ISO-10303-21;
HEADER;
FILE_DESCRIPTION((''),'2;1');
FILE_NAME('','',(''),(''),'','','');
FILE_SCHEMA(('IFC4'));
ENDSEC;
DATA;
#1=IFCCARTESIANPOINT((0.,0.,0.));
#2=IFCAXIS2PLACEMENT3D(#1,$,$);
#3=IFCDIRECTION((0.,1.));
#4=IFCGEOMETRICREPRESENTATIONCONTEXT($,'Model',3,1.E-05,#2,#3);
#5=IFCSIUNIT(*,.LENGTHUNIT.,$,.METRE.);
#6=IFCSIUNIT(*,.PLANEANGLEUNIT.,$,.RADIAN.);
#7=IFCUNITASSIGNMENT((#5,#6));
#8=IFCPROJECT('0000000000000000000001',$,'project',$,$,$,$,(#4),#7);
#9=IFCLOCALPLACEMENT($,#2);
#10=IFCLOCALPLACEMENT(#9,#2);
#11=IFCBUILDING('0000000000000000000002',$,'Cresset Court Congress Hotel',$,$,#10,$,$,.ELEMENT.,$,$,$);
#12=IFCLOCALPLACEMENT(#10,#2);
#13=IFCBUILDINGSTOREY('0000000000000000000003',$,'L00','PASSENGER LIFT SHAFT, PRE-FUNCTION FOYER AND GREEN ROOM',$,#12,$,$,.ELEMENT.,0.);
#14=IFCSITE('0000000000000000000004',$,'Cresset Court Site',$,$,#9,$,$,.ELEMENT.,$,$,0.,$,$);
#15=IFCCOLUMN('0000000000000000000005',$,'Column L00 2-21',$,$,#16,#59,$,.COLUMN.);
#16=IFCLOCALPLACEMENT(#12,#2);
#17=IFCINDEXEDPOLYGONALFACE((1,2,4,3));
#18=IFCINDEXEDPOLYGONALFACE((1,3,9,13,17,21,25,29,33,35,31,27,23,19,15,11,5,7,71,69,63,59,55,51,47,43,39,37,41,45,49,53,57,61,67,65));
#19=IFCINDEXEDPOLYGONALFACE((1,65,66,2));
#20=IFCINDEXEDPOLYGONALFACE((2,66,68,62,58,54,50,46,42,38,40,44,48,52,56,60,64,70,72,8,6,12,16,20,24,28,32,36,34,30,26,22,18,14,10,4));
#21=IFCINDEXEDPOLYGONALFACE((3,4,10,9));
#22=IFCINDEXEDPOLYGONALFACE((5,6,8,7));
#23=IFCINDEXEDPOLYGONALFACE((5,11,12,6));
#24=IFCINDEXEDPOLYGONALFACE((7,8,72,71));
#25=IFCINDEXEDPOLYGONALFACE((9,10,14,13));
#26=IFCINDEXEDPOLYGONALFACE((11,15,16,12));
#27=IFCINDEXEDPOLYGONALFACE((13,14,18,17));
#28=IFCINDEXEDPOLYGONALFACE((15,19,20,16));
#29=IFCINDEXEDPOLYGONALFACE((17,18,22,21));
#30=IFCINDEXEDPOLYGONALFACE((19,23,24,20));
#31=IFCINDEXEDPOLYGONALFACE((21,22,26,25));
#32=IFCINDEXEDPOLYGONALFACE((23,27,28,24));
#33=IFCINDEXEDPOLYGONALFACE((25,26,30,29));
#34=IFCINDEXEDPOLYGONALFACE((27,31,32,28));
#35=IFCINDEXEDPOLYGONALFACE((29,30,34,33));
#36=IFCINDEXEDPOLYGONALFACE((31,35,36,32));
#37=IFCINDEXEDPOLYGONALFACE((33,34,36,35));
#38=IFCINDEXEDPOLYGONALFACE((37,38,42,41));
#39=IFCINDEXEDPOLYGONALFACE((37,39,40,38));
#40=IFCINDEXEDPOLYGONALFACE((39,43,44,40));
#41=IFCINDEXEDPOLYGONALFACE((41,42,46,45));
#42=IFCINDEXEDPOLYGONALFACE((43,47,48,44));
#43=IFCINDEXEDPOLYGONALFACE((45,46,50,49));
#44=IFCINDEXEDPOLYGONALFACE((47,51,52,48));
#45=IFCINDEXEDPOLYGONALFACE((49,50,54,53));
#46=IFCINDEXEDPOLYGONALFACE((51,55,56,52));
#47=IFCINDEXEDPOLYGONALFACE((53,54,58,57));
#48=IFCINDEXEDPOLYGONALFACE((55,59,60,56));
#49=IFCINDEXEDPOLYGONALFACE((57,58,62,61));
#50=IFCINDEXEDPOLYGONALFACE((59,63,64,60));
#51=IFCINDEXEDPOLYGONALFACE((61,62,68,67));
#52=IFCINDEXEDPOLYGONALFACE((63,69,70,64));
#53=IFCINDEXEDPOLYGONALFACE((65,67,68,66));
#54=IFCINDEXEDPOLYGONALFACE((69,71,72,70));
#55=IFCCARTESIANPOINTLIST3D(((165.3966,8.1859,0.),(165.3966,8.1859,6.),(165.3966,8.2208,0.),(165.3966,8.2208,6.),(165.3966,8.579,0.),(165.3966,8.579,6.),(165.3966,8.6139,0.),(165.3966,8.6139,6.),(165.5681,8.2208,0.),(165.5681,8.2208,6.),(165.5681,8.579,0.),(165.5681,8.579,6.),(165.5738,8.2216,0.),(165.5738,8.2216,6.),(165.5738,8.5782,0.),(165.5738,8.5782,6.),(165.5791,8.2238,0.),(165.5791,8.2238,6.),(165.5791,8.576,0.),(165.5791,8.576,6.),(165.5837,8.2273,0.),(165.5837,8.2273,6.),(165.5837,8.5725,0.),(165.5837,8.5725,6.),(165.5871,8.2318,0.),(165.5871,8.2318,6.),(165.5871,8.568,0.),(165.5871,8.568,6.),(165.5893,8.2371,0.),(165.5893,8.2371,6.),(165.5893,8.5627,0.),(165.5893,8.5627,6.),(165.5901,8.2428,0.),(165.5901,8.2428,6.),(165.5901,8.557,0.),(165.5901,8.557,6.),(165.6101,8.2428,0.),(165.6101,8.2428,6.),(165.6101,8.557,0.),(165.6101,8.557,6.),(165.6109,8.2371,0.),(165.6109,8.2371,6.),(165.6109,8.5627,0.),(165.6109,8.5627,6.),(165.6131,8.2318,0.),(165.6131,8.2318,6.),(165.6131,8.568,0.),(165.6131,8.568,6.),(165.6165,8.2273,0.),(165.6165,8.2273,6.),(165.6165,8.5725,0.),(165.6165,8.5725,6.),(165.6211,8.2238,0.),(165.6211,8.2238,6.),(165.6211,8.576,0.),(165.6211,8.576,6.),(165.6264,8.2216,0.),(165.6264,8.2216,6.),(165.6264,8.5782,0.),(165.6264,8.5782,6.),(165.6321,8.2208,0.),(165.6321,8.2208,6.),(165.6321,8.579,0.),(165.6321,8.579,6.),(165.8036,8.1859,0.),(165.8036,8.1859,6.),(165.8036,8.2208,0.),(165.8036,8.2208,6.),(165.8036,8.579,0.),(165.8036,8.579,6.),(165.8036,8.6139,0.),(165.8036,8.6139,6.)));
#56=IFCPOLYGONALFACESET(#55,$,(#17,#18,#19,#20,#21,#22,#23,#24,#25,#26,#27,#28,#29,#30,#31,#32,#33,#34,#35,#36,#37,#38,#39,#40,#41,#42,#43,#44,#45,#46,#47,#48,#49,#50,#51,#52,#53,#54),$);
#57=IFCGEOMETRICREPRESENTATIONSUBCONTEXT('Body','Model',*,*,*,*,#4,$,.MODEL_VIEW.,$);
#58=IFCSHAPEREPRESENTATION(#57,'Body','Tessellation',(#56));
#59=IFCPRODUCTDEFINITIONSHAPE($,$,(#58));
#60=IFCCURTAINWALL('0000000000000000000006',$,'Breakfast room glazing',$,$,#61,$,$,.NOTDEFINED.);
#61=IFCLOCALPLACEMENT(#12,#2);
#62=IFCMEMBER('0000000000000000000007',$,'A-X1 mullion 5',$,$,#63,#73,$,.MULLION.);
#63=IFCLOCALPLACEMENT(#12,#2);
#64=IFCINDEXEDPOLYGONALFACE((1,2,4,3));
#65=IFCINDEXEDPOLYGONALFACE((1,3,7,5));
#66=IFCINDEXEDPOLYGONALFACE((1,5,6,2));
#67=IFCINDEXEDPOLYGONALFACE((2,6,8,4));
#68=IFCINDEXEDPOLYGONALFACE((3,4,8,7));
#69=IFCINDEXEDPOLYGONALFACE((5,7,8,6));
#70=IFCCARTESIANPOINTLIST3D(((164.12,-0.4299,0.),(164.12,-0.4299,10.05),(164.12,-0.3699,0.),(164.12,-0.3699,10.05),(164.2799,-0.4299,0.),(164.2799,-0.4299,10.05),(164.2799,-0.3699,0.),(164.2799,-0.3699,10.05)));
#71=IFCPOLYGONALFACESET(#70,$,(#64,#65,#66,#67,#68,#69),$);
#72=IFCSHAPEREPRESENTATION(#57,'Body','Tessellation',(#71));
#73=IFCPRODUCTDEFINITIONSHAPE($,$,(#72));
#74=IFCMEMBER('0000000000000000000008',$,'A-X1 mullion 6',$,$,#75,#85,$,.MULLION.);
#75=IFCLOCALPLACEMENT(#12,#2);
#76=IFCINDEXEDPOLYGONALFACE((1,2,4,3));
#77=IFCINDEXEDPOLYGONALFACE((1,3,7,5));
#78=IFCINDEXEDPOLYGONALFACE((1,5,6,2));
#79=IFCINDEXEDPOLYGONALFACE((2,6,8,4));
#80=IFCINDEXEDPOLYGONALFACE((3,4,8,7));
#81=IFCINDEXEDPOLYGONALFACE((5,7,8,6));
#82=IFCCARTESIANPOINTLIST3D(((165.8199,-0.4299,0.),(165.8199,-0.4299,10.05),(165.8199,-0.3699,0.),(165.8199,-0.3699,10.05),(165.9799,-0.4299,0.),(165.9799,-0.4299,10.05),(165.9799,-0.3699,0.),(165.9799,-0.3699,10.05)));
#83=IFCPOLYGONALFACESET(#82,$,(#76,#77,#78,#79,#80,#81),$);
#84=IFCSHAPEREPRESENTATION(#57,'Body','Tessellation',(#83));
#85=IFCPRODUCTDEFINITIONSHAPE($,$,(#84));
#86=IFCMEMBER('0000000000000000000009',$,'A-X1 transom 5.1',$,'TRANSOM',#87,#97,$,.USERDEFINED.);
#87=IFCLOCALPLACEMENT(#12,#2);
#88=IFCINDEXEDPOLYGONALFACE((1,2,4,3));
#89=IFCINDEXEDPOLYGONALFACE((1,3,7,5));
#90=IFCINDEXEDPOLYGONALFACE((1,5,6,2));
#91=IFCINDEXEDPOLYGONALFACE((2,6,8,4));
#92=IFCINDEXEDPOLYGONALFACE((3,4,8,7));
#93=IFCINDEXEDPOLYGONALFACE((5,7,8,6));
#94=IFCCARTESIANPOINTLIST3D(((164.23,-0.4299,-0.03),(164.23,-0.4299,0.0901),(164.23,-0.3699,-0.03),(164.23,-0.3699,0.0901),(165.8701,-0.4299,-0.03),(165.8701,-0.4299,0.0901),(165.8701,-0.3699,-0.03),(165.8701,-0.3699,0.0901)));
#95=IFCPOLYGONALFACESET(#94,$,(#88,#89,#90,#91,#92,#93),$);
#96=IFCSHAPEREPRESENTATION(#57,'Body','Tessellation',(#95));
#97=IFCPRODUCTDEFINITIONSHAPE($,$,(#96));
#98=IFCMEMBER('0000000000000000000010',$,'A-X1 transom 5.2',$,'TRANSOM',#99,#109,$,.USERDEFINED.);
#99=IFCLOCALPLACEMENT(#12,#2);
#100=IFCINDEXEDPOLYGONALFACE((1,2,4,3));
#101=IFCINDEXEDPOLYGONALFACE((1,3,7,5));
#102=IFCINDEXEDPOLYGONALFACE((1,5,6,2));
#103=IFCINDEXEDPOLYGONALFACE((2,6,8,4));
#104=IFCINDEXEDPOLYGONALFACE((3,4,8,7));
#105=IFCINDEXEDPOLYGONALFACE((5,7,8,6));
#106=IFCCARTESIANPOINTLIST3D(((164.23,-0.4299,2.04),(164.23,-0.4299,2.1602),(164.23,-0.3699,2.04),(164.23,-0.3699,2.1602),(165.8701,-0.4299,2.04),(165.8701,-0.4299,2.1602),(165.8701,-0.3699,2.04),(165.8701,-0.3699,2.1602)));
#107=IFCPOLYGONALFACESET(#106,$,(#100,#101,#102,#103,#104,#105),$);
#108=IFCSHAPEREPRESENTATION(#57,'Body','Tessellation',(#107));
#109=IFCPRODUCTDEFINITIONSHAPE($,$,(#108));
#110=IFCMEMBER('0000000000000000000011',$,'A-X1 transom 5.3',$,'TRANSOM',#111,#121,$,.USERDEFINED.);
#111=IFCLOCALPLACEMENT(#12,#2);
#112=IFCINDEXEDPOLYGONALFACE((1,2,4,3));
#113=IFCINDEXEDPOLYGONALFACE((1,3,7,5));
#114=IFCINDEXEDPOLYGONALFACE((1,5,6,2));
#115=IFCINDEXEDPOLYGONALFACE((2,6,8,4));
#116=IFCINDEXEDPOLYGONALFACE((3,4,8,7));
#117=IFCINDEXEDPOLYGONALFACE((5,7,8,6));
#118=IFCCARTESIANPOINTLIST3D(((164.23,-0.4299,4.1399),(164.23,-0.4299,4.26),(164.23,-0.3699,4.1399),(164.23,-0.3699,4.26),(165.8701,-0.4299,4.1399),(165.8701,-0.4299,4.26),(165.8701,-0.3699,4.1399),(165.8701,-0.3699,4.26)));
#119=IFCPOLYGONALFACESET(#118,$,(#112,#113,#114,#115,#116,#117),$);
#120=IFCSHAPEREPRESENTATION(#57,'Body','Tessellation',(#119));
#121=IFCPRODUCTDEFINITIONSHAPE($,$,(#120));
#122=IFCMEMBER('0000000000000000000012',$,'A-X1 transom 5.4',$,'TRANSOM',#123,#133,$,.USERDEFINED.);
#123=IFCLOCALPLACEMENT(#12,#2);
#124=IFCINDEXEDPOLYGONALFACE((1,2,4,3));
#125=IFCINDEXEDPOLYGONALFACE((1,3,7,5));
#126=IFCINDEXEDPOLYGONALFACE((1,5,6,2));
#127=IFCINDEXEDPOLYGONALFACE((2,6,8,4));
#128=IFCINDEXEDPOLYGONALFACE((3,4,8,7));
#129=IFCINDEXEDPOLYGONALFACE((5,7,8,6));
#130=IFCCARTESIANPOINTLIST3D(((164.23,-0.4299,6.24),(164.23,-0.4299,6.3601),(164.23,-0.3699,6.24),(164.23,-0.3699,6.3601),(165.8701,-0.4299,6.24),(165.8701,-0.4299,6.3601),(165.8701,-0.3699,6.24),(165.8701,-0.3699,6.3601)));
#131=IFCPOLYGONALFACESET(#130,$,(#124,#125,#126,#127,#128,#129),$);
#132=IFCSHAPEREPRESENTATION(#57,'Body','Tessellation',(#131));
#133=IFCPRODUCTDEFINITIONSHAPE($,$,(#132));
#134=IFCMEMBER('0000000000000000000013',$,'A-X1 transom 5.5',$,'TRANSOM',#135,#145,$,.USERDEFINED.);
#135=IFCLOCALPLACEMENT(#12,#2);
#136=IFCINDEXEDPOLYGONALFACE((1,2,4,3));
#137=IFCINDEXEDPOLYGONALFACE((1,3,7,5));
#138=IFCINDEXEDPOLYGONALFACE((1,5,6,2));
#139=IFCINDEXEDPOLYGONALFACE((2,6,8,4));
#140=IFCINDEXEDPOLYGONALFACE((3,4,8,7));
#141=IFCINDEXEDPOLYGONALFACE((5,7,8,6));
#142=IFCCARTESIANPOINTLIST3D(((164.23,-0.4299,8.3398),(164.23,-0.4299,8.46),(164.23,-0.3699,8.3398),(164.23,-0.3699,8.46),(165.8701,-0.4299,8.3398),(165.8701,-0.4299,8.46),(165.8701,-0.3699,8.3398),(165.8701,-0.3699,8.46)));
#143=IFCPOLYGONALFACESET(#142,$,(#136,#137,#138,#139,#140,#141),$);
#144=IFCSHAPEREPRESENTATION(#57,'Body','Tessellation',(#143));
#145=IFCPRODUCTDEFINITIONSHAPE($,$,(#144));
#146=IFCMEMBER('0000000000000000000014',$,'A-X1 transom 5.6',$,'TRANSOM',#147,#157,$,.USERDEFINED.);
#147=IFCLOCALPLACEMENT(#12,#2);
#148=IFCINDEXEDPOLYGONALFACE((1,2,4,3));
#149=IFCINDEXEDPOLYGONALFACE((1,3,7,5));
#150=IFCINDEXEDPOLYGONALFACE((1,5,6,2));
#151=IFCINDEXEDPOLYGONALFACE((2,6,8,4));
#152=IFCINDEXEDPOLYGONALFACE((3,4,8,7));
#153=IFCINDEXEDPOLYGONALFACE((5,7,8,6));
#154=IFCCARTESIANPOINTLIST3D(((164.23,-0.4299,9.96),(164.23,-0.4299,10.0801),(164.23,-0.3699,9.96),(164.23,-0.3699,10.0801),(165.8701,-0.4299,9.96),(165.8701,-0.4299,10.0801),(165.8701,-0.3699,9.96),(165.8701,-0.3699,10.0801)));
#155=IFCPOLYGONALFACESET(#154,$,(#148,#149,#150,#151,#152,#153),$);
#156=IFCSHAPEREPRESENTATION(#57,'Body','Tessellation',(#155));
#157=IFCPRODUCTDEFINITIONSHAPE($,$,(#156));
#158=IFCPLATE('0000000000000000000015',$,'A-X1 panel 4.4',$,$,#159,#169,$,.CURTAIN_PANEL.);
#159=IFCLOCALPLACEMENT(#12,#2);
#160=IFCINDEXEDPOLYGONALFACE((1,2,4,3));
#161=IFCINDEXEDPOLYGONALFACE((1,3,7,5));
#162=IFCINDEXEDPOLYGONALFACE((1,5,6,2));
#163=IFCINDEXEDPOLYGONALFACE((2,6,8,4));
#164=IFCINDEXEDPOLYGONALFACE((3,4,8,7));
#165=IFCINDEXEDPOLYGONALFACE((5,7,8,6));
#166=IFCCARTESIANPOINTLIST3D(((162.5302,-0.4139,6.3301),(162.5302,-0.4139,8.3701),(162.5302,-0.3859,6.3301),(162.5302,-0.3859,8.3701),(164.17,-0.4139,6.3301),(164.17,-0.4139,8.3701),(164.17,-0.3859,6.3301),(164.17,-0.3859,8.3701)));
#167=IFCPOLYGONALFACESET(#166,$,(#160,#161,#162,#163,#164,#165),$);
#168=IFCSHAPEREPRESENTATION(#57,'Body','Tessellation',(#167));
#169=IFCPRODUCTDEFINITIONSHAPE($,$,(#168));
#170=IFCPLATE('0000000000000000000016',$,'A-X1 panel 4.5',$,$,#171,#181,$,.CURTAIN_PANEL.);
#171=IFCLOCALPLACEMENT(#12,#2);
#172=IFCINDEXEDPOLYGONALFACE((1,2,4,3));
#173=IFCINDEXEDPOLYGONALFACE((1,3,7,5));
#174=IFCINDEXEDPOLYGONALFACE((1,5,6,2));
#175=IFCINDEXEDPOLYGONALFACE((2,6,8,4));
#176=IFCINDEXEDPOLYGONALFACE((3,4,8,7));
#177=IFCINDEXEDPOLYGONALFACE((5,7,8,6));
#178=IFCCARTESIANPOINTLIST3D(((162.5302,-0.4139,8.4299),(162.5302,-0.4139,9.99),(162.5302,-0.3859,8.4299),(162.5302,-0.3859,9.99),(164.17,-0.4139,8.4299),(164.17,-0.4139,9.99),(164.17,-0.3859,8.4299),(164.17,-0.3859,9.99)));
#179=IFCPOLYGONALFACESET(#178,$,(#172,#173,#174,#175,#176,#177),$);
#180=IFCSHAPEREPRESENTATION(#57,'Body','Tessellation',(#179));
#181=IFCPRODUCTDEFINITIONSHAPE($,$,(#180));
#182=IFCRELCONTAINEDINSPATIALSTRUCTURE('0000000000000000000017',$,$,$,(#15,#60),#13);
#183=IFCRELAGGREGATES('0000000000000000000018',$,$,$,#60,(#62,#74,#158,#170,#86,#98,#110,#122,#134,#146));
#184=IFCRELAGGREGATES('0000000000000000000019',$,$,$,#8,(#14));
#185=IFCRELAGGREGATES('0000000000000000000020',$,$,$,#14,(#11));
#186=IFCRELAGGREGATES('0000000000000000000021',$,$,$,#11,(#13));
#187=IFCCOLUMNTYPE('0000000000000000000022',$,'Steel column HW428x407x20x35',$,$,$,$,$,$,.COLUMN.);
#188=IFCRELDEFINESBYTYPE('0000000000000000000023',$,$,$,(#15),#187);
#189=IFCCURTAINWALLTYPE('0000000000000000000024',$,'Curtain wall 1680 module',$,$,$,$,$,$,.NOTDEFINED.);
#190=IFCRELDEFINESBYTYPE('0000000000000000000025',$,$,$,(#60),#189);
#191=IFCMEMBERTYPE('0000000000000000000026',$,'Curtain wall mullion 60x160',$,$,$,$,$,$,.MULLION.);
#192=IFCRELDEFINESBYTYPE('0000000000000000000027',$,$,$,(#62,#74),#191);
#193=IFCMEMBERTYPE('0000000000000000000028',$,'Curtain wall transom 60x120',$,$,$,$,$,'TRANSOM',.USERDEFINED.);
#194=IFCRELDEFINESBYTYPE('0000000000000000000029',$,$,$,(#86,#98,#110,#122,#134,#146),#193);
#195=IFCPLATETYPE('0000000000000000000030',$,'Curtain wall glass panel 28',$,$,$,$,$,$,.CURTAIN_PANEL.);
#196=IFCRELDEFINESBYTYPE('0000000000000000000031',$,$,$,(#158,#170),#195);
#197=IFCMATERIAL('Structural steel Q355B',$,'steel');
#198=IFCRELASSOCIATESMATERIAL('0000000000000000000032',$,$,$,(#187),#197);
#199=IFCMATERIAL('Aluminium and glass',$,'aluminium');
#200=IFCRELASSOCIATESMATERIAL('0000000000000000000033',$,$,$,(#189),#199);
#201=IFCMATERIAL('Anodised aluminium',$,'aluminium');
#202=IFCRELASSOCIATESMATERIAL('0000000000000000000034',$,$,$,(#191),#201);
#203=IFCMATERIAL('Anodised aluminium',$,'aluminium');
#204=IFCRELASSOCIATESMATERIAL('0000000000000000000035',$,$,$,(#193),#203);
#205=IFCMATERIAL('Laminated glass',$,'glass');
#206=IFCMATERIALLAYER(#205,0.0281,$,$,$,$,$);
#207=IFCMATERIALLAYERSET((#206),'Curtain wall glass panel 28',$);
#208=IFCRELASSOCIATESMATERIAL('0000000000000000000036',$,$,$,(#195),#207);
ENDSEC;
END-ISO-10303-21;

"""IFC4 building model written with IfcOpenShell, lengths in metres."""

from ifc_helpers import new_model, si_unit, direction, frame, origin, origin_2d, place, context, subcontext, project, spatial, rectangle, i_section, extrude, material, layer, layer_set, material_profile, profile_set, type_object, element, aggregate, save


model = new_model("IFC4")

# Units and contexts
model_context = context("Model", 3, precision=1e-05, world=origin(), true_north=direction((0.0, 1.0)))
body_context = subcontext(model_context, "Body", "Model", "MODEL_VIEW")
ifc_project = project(units=[si_unit("LENGTHUNIT", "METRE"), si_unit("PLANEANGLEUNIT", "RADIAN")], contexts=[model_context])

# Site, building, storey
site_placement = place(None, origin())
site = spatial("IfcSite", under=ifc_project, at=site_placement, Name="Cresset Court Site", CompositionType="ELEMENT", RefElevation=0.0)
building_placement = place(site_placement, origin())
building = spatial("IfcBuilding", under=site, at=building_placement, Name="Cresset Court Congress Hotel", CompositionType="ELEMENT")
storey_placement = place(building_placement, origin())
storey = spatial("IfcBuildingStorey", under=building, at=storey_placement, Name="L00", Description="PASSENGER LIFT SHAFT, PRE-FUNCTION FOYER AND GREEN ROOM", CompositionType="ELEMENT", Elevation=0.0)

# Column
ifc_material_1 = material(Name="Structural steel Q355B", Category="steel")
ifc_material_profile_1 = material_profile(ifc_material_1, i_section(OverallWidth=0.407, OverallDepth=0.428, WebThickness=0.02, FlangeThickness=0.0349, FilletRadius=0.022, at=origin_2d()), Name="HW428x407x20x35")
ifc_profile_set_1 = profile_set([ifc_material_profile_1], Name="Structural steel Q355B")
column_type_1 = type_object("IfcColumnType", Name="Steel column HW428x407x20x35", PredefinedType="COLUMN", material=ifc_profile_set_1)
for number, where, z_axis, x_axis, name in (
    (1, (165.6001, 8.3999, 0.0), (0.0, 0.0, 1.0), (1.0, 0.0, 0.0), "Column L00 2-21"),
):
    element("IfcColumn", number, at=place(storey_placement, frame(where, z_axis=z_axis, x_axis=x_axis)), inside=storey, type_object=column_type_1, Name=name, PredefinedType="COLUMN", context=body_context, shape_type="SweptSolid", body=[
        extrude(i_section(OverallWidth=0.407, OverallDepth=0.428, WebThickness=0.02, FlangeThickness=0.0349, FilletRadius=0.022, at=origin_2d()), origin(), (0.0, 0.0, 1.0), 6.0),
    ])

# Curtain wall, members, plates
ifc_material_2 = material(Name="Aluminium and glass", Category="aluminium")
curtain_wall_type = type_object("IfcCurtainWallType", Name="Curtain wall 1680 module", PredefinedType="NOTDEFINED", material=ifc_material_2)
curtain_wall_placement = place(storey_placement, origin())
curtain_wall = element("IfcCurtainWall", 2, at=curtain_wall_placement, inside=storey, type_object=curtain_wall_type, Name="Breakfast room glazing", PredefinedType="NOTDEFINED")
ifc_material_3 = material(Name="Anodised aluminium", Category="aluminium")
ifc_material_profile_2 = material_profile(ifc_material_3, rectangle(XDim=0.0601, YDim=0.1599, at=origin_2d()), Name="AL60x160")
ifc_profile_set_2 = profile_set([ifc_material_profile_2], Name="Anodised aluminium")
member_type_1 = type_object("IfcMemberType", Name="Curtain wall mullion 60x160", PredefinedType="MULLION", material=ifc_profile_set_2)
member_1_placement = place(storey_placement, frame((164.2, -0.3999, 0.0), z_axis=(0.0, 0.0, 1.0), x_axis=(0.0, 1.0, 0.0)))
member_1 = element("IfcMember", 3, at=member_1_placement, type_object=member_type_1, Name="A-X1 mullion 5", PredefinedType="MULLION", context=body_context, shape_type="SweptSolid", body=[
    extrude(rectangle(XDim=0.0601, YDim=0.1599, at=origin_2d()), origin(), (0.0, 0.0, 1.0), 10.05),
])
member_2_placement = place(storey_placement, frame((165.8999, -0.3999, 0.0), z_axis=(0.0, 0.0, 1.0), x_axis=(0.0, 1.0, 0.0)))
member_2 = element("IfcMember", 4, at=member_2_placement, type_object=member_type_1, Name="A-X1 mullion 6", PredefinedType="MULLION", context=body_context, shape_type="SweptSolid", body=[
    extrude(rectangle(XDim=0.0601, YDim=0.1599, at=origin_2d()), origin(), (0.0, 0.0, 1.0), 10.05),
])
ifc_material_4 = material(Name="Anodised aluminium", Category="aluminium")
ifc_material_profile_3 = material_profile(ifc_material_4, rectangle(XDim=0.0601, YDim=0.1201, at=origin_2d()), Name="AL60x120")
ifc_profile_set_3 = profile_set([ifc_material_profile_3], Name="Anodised aluminium")
member_type_2 = type_object("IfcMemberType", Name="Curtain wall transom 60x120", ElementType="TRANSOM", PredefinedType="USERDEFINED", material=ifc_profile_set_3)
member_3_placement = place(storey_placement, frame((164.23, -0.3999, 0.03), z_axis=(1.0, 0.0, 0.0), x_axis=(0.0, 1.0, 0.0)))
member_3 = element("IfcMember", 5, at=member_3_placement, type_object=member_type_2, Name="A-X1 transom 5.1", ObjectType="TRANSOM", PredefinedType="USERDEFINED", context=body_context, shape_type="SweptSolid", body=[
    extrude(rectangle(XDim=0.0601, YDim=0.1201, at=origin_2d()), origin(), (0.0, 0.0, 1.0), 1.6401),
])
member_4_placement = place(storey_placement, frame((164.23, -0.3999, 2.1001), z_axis=(1.0, 0.0, 0.0), x_axis=(0.0, 1.0, 0.0)))
member_4 = element("IfcMember", 6, at=member_4_placement, type_object=member_type_2, Name="A-X1 transom 5.2", ObjectType="TRANSOM", PredefinedType="USERDEFINED", context=body_context, shape_type="SweptSolid", body=[
    extrude(rectangle(XDim=0.0601, YDim=0.1201, at=origin_2d()), origin(), (0.0, 0.0, 1.0), 1.6401),
])
member_5_placement = place(storey_placement, frame((164.23, -0.3999, 4.2), z_axis=(1.0, 0.0, 0.0), x_axis=(0.0, 1.0, 0.0)))
member_5 = element("IfcMember", 7, at=member_5_placement, type_object=member_type_2, Name="A-X1 transom 5.3", ObjectType="TRANSOM", PredefinedType="USERDEFINED", context=body_context, shape_type="SweptSolid", body=[
    extrude(rectangle(XDim=0.0601, YDim=0.1201, at=origin_2d()), origin(), (0.0, 0.0, 1.0), 1.6401),
])
member_6_placement = place(storey_placement, frame((164.23, -0.3999, 6.3), z_axis=(1.0, 0.0, 0.0), x_axis=(0.0, 1.0, 0.0)))
member_6 = element("IfcMember", 8, at=member_6_placement, type_object=member_type_2, Name="A-X1 transom 5.4", ObjectType="TRANSOM", PredefinedType="USERDEFINED", context=body_context, shape_type="SweptSolid", body=[
    extrude(rectangle(XDim=0.0601, YDim=0.1201, at=origin_2d()), origin(), (0.0, 0.0, 1.0), 1.6401),
])
member_7_placement = place(storey_placement, frame((164.23, -0.3999, 8.3999), z_axis=(1.0, 0.0, 0.0), x_axis=(0.0, 1.0, 0.0)))
member_7 = element("IfcMember", 9, at=member_7_placement, type_object=member_type_2, Name="A-X1 transom 5.5", ObjectType="TRANSOM", PredefinedType="USERDEFINED", context=body_context, shape_type="SweptSolid", body=[
    extrude(rectangle(XDim=0.0601, YDim=0.1201, at=origin_2d()), origin(), (0.0, 0.0, 1.0), 1.6401),
])
member_8_placement = place(storey_placement, frame((164.23, -0.3999, 10.02), z_axis=(1.0, 0.0, 0.0), x_axis=(0.0, 1.0, 0.0)))
member_8 = element("IfcMember", 10, at=member_8_placement, type_object=member_type_2, Name="A-X1 transom 5.6", ObjectType="TRANSOM", PredefinedType="USERDEFINED", context=body_context, shape_type="SweptSolid", body=[
    extrude(rectangle(XDim=0.0601, YDim=0.1201, at=origin_2d()), origin(), (0.0, 0.0, 1.0), 1.6401),
])
ifc_material_5 = material(Name="Laminated glass", Category="glass")
ifc_layer_1 = layer(ifc_material_5, 0.0281)
ifc_layer_set_1 = layer_set([ifc_layer_1], Name="Curtain wall glass panel 28")
plate_type = type_object("IfcPlateType", Name="Curtain wall glass panel 28", PredefinedType="CURTAIN_PANEL", material=ifc_layer_set_1)
plate_1_placement = place(storey_placement, frame((163.3501, -0.3999, 6.3301), z_axis=(0.0, 0.0, 1.0), x_axis=(1.0, 0.0, 0.0)))
plate_1 = element("IfcPlate", 11, at=plate_1_placement, type_object=plate_type, Name="A-X1 panel 4.4", PredefinedType="CURTAIN_PANEL", context=body_context, shape_type="SweptSolid", body=[
    extrude(rectangle(XDim=1.6399, YDim=0.0281, at=origin_2d()), origin(), (0.0, 0.0, 1.0), 2.04),
])
plate_2_placement = place(storey_placement, frame((163.3501, -0.3999, 8.4299), z_axis=(0.0, 0.0, 1.0), x_axis=(1.0, 0.0, 0.0)))
plate_2 = element("IfcPlate", 12, at=plate_2_placement, type_object=plate_type, Name="A-X1 panel 4.5", PredefinedType="CURTAIN_PANEL", context=body_context, shape_type="SweptSolid", body=[
    extrude(rectangle(XDim=1.6399, YDim=0.0281, at=origin_2d()), origin(), (0.0, 0.0, 1.0), 1.5601),
])
aggregate(curtain_wall, [member_1, member_2, plate_1, plate_2, member_3, member_4, member_5, member_6, member_7, member_8])

save(model, "model.ifc")
